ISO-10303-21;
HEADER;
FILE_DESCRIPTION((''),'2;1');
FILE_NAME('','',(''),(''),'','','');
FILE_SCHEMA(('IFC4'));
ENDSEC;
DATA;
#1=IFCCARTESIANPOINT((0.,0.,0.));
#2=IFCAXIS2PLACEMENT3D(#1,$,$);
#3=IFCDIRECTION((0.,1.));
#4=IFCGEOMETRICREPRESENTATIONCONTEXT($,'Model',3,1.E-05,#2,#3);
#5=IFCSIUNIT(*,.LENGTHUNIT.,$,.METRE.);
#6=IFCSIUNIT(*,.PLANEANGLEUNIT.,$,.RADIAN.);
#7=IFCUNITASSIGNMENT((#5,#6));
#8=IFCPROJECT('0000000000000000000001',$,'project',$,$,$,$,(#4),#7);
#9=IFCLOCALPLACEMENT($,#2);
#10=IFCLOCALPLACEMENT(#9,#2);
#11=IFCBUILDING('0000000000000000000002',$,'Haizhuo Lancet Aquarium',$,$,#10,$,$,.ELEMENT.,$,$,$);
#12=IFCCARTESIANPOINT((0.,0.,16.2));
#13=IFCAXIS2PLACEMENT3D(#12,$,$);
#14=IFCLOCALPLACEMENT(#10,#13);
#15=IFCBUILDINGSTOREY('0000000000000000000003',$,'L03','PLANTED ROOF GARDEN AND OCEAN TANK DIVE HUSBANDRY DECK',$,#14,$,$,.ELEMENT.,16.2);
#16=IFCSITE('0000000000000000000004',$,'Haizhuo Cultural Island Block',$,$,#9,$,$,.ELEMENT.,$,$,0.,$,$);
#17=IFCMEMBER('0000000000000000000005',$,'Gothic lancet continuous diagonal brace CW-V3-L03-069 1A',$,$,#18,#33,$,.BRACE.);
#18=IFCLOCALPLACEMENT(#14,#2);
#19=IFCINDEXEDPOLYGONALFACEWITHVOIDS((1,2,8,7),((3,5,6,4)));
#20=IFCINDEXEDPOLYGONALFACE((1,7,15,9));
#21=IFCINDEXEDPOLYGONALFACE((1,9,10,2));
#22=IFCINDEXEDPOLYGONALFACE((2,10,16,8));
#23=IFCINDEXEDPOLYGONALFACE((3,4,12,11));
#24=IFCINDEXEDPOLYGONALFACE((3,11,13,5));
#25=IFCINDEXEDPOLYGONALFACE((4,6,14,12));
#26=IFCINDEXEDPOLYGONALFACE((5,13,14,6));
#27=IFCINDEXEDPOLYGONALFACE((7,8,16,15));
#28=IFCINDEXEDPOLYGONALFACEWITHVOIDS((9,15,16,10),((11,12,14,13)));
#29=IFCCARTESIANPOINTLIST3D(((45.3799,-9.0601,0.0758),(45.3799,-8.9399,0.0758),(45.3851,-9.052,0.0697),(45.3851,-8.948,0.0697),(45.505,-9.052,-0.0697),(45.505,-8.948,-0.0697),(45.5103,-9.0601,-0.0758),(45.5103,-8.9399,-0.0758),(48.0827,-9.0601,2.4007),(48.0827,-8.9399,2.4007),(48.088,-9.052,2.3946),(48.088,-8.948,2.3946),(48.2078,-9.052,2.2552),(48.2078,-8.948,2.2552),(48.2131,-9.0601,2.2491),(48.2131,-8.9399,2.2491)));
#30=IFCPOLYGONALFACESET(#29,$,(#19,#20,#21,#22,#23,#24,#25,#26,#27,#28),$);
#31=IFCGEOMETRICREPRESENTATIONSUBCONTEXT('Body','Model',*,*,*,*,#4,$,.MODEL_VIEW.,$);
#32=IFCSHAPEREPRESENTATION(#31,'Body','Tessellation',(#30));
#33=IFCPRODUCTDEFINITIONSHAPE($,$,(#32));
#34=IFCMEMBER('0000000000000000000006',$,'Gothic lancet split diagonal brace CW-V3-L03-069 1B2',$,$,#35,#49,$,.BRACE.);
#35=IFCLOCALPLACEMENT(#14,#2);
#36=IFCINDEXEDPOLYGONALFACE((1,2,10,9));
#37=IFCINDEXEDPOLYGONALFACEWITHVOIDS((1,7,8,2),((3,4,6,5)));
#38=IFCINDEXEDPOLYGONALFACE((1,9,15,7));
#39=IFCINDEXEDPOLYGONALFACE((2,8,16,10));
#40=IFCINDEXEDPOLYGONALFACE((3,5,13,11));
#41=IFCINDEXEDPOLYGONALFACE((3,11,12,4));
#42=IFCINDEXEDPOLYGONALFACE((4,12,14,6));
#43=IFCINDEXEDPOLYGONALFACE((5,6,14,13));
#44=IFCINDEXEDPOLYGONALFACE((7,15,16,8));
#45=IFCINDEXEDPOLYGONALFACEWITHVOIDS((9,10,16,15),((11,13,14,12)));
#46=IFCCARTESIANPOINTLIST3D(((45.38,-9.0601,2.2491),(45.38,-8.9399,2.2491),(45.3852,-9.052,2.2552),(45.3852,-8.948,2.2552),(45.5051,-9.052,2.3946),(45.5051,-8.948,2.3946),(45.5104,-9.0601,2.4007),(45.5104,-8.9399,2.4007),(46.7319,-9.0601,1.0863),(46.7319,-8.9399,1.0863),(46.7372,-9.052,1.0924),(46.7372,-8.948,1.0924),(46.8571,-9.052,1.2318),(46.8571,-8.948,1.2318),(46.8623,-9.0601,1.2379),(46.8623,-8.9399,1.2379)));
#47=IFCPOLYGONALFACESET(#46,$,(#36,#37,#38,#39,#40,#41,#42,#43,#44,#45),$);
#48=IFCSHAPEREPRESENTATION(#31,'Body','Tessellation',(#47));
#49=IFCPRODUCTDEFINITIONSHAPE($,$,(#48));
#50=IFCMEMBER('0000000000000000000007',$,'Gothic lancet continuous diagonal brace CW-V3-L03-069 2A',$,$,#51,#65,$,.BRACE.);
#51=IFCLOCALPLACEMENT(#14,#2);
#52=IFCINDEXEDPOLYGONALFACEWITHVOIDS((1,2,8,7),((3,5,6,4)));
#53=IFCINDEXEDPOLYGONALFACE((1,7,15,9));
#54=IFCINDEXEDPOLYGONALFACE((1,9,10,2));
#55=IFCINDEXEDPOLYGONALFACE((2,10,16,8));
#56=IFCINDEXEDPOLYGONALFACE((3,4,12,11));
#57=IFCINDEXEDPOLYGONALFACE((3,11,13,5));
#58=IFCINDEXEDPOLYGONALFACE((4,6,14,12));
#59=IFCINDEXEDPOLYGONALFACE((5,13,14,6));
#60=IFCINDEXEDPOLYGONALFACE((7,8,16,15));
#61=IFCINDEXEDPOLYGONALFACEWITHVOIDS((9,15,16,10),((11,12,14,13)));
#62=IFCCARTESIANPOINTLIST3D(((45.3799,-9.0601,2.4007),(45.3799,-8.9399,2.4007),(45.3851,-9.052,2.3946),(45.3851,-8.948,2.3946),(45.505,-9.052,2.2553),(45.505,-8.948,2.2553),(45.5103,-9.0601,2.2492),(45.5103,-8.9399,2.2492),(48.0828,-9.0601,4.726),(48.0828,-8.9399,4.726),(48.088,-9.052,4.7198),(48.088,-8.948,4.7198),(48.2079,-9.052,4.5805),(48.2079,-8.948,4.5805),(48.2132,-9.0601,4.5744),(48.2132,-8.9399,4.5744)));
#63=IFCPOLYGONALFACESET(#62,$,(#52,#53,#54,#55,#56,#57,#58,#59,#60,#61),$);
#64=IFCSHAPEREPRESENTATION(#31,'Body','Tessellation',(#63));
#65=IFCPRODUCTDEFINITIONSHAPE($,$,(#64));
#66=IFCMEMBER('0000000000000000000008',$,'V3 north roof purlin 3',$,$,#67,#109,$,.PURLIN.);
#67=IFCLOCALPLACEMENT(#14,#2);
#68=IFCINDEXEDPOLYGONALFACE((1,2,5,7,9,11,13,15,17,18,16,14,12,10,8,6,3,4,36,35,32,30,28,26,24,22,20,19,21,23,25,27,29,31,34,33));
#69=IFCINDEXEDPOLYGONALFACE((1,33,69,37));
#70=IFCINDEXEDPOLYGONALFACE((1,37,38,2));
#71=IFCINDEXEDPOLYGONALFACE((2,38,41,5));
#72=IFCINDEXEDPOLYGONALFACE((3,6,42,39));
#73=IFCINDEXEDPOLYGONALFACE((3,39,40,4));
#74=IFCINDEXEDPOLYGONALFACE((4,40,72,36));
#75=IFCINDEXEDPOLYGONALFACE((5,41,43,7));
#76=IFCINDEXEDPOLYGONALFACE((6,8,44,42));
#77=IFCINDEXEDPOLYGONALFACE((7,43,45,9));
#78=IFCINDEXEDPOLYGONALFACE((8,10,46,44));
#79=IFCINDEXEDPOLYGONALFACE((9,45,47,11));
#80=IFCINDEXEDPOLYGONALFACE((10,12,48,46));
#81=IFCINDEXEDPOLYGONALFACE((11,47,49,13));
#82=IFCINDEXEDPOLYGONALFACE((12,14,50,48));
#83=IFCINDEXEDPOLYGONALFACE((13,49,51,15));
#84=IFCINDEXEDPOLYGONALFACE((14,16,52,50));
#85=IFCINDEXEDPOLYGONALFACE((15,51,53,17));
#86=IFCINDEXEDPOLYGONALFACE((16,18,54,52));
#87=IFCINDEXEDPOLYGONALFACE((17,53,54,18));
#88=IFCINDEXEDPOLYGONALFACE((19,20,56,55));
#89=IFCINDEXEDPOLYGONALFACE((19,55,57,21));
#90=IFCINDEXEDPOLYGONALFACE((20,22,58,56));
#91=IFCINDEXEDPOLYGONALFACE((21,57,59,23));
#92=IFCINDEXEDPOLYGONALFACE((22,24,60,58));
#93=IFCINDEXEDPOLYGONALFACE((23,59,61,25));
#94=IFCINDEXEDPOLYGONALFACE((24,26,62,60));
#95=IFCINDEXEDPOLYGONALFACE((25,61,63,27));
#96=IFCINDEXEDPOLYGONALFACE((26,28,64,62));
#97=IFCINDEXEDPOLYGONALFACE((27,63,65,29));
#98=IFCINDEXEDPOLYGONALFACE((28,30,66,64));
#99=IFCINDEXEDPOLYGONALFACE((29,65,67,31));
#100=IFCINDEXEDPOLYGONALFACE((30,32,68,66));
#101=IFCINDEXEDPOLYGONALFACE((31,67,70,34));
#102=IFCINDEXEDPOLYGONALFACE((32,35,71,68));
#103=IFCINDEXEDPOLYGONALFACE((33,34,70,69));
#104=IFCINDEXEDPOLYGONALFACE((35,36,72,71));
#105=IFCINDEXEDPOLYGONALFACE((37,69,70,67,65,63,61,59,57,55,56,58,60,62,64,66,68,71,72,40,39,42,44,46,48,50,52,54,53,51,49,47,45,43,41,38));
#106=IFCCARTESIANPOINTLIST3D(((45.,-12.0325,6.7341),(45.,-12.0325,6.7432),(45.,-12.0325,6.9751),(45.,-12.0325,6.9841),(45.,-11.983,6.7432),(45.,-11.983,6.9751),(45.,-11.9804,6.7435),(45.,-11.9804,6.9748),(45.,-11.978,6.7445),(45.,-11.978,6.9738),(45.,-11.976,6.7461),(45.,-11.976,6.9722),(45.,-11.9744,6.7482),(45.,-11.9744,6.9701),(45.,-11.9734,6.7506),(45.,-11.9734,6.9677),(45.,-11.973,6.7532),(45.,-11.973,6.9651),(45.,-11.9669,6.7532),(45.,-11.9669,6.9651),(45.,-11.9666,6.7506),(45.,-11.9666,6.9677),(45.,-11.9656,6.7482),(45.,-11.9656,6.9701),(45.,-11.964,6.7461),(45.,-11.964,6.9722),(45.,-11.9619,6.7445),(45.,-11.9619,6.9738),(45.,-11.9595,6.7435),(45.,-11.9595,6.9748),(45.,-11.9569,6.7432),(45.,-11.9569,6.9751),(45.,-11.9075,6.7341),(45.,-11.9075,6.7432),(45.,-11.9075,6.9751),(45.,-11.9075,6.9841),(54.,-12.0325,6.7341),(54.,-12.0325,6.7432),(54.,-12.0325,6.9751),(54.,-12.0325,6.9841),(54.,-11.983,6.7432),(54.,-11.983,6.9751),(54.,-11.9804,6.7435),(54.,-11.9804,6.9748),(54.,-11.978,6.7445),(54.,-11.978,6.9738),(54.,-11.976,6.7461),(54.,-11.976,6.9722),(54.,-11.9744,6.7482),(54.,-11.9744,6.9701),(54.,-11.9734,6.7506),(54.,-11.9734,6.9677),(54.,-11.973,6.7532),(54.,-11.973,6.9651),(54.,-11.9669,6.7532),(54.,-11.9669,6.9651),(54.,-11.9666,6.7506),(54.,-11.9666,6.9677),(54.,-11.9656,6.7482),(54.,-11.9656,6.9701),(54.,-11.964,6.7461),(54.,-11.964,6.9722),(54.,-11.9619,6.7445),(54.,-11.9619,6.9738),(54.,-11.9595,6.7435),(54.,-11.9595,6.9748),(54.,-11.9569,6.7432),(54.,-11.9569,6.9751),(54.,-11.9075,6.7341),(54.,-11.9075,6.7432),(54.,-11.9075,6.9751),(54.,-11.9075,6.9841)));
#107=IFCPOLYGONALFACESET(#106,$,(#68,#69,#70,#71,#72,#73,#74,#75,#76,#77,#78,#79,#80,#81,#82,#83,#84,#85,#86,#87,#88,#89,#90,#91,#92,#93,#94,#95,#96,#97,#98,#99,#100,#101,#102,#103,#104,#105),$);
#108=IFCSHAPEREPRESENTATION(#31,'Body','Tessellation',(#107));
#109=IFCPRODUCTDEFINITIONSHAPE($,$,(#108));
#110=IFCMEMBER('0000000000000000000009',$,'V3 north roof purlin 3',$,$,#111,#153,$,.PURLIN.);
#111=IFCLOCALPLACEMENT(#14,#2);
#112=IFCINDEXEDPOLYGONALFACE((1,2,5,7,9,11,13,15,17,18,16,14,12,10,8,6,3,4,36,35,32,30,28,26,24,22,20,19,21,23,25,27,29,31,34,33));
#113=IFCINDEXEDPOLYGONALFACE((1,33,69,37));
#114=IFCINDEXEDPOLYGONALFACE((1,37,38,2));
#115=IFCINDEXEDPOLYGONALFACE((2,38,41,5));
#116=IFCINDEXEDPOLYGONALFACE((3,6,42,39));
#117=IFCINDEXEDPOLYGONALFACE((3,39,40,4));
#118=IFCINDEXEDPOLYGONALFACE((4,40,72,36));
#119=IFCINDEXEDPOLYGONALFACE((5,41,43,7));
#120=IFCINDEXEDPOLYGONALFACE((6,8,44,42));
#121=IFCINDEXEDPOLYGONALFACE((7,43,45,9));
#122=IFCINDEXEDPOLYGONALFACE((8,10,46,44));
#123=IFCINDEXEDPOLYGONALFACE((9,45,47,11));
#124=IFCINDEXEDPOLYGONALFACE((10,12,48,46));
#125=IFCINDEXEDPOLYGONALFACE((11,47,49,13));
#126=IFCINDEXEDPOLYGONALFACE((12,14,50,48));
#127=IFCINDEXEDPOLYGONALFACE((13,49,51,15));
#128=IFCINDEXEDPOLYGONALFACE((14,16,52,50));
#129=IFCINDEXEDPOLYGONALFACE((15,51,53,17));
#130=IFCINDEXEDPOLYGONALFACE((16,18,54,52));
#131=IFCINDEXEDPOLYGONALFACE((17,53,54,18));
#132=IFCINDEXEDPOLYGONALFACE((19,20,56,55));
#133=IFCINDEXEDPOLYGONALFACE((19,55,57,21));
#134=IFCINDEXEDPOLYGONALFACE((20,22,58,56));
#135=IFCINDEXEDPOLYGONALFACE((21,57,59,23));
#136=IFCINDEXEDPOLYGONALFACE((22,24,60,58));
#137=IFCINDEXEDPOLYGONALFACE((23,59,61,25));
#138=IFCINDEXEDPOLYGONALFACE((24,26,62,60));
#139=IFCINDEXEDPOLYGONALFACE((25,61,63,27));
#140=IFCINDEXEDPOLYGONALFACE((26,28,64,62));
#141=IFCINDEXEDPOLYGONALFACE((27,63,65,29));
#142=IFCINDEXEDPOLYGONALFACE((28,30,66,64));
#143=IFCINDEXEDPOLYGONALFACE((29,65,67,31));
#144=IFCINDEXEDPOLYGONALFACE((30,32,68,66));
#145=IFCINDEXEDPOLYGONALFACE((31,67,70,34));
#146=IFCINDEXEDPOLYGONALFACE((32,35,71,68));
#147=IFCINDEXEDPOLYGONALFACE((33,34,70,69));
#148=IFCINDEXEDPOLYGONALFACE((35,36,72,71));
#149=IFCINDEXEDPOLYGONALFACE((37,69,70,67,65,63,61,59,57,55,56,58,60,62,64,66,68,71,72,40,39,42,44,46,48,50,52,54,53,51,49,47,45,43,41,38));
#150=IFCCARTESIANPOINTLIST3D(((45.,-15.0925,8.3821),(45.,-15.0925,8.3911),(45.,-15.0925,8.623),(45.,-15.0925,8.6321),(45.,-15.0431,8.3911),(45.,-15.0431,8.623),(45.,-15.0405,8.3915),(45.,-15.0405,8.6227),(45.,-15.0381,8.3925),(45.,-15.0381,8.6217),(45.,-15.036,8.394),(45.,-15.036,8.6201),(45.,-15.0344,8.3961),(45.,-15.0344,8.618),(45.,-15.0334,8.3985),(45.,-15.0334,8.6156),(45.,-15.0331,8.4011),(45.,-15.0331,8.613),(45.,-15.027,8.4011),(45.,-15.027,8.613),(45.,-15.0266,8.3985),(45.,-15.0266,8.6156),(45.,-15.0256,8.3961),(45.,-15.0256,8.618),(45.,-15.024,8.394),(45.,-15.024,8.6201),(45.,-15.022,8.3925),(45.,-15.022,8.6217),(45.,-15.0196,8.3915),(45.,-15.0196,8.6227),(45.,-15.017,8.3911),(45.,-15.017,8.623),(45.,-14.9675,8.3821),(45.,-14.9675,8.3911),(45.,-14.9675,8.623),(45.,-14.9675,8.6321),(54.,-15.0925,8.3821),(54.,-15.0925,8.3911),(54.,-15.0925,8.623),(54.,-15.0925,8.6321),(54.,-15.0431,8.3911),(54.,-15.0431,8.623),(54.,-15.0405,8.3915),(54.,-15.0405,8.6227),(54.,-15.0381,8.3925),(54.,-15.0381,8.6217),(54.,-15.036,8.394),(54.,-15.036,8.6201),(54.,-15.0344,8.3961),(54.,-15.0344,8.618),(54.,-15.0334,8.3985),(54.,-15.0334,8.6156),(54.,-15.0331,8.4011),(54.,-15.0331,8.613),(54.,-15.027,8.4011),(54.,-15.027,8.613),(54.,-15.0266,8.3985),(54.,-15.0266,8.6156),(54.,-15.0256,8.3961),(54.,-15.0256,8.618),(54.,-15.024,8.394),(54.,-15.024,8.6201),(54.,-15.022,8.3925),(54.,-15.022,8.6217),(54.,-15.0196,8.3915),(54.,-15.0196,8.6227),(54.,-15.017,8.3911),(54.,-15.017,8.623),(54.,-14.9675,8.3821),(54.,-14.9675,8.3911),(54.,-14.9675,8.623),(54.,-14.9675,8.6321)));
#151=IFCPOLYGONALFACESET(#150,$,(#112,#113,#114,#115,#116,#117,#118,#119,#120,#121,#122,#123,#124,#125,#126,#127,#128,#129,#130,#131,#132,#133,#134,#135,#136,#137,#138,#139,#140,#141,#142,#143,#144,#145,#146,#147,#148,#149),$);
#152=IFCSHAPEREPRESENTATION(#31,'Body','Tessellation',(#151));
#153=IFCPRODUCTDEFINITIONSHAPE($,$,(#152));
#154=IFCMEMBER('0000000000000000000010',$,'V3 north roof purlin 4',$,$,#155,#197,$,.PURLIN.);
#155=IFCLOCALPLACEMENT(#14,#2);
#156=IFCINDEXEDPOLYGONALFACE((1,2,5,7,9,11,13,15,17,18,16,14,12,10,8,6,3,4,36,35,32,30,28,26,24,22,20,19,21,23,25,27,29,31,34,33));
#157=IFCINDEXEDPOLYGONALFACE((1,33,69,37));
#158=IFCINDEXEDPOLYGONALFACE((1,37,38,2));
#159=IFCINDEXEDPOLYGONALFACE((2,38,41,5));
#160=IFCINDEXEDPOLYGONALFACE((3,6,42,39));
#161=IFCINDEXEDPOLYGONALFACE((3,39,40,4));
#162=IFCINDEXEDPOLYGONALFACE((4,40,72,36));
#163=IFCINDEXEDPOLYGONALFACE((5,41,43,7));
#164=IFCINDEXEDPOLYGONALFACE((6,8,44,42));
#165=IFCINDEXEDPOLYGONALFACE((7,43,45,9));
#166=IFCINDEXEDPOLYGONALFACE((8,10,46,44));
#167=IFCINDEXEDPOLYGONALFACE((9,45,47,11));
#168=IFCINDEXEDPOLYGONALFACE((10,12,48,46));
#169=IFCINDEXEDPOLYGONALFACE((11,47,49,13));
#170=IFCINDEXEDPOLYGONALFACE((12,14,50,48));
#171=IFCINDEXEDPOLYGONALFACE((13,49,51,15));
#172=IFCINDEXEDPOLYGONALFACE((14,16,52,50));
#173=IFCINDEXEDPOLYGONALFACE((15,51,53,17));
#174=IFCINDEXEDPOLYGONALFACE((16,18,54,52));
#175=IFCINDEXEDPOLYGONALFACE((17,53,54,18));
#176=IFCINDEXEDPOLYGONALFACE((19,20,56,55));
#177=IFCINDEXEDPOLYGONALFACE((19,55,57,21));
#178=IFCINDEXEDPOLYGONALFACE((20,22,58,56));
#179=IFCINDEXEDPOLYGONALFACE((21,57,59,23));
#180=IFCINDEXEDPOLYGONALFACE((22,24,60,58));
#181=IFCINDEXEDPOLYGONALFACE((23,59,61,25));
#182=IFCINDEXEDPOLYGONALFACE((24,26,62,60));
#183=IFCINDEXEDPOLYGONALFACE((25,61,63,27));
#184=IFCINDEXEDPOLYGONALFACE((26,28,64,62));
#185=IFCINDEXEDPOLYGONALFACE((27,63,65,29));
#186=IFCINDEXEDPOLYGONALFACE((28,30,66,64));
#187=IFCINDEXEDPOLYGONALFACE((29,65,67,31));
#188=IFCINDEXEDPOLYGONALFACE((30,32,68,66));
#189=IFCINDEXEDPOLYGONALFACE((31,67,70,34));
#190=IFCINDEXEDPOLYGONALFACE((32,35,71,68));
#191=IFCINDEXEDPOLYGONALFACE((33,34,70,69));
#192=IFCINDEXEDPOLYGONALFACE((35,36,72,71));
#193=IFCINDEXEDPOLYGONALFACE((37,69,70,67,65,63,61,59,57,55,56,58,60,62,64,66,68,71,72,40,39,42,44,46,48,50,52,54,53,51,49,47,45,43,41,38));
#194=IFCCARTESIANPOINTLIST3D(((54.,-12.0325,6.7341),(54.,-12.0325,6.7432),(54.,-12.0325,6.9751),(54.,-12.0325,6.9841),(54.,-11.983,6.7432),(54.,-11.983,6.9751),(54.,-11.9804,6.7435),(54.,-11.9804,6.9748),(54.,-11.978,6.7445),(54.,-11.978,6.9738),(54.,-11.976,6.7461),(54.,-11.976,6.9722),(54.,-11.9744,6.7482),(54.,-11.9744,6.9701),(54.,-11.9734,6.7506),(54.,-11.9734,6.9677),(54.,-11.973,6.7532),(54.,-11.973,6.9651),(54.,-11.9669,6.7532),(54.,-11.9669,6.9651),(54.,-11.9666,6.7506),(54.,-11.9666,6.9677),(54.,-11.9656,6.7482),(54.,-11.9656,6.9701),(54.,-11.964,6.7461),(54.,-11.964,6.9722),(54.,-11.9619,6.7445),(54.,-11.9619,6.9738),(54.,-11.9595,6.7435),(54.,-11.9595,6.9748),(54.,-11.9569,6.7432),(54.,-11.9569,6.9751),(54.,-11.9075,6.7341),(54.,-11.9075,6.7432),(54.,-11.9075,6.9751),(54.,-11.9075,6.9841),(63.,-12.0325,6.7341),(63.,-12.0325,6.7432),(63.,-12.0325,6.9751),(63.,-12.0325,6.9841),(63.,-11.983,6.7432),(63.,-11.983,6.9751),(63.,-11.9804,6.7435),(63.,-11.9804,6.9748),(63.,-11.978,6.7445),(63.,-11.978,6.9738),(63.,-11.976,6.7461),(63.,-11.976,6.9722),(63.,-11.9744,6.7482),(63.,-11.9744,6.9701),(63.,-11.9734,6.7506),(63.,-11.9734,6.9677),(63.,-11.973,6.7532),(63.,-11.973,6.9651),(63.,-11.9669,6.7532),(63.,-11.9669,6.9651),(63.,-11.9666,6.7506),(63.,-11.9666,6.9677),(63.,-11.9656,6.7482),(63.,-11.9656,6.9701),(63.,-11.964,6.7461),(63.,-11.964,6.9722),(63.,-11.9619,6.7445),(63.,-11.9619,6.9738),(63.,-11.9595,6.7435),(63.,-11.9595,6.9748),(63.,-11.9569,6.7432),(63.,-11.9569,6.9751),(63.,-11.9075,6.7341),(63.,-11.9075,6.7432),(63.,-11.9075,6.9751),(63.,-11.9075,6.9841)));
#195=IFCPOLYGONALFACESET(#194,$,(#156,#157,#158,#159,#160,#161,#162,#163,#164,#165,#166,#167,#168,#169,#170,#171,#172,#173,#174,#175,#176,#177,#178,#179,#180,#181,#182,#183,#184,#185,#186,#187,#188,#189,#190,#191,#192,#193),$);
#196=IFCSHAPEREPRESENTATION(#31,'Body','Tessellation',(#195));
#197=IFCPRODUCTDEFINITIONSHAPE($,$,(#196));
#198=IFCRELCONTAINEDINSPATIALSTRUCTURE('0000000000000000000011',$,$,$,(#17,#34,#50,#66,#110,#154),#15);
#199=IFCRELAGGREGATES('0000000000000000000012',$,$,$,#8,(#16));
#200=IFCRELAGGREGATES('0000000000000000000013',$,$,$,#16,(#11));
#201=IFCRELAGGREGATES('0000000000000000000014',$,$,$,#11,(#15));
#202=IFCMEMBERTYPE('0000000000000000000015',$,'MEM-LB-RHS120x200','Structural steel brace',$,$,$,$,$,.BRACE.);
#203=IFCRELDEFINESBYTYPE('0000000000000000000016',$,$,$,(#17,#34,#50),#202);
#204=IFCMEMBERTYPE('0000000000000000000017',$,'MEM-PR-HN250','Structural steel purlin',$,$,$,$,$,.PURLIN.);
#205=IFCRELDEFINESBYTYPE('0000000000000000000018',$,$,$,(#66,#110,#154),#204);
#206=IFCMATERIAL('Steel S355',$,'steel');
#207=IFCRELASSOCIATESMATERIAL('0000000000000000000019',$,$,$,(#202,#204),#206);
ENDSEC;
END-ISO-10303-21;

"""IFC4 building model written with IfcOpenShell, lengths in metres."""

from ifc_helpers import new_model, si_unit, direction, frame, origin, origin_2d, place, context, subcontext, project, spatial, hollow_rectangle, i_section, extrude, material, material_profile, profile_set, type_object, element, save


model = new_model("IFC4")

# Units and contexts
model_context = context("Model", 3, precision=1e-05, world=origin(), true_north=direction((0.0, 1.0)))
body_context = subcontext(model_context, "Body", "Model", "MODEL_VIEW")
ifc_project = project(units=[si_unit("LENGTHUNIT", "METRE"), si_unit("PLANEANGLEUNIT", "RADIAN")], contexts=[model_context])

# Site, building, storey
site_placement = place(None, origin())
site = spatial("IfcSite", under=ifc_project, at=site_placement, Name="Haizhuo Cultural Island Block", CompositionType="ELEMENT", RefElevation=0.0)
building_placement = place(site_placement, origin())
building = spatial("IfcBuilding", under=site, at=building_placement, Name="Haizhuo Lancet Aquarium", CompositionType="ELEMENT")
storey_placement = place(building_placement, frame((0.0, 0.0, 16.2)))
storey = spatial("IfcBuildingStorey", under=building, at=storey_placement, Name="L03", Description="PLANTED ROOF GARDEN AND OCEAN TANK DIVE HUSBANDRY DECK", CompositionType="ELEMENT", Elevation=16.2)

# Members
ifc_material_1 = material(Name="Steel S355", Category="steel")
ifc_material_profile_1 = material_profile(ifc_material_1, hollow_rectangle(XDim=0.1201, YDim=0.2, WallThickness=0.0081, at=origin_2d()), Name="RHS 120x200x8")
ifc_profile_set_1 = profile_set([ifc_material_profile_1], Name="Steel S355")
member_type_1 = type_object("IfcMemberType", Name="MEM-LB-RHS120x200", Description="Structural steel brace", PredefinedType="BRACE", material=ifc_profile_set_1)
member_1_placement = place(storey_placement, frame((45.4451, -9.0, 0.0), z_axis=(0.75812, 0.0, 0.652116), x_axis=(0.0, 1.0, 0.0)))
element("IfcMember", 1, at=member_1_placement, inside=storey, type_object=member_type_1, Name="Gothic lancet continuous diagonal brace CW-V3-L03-069 1A", PredefinedType="BRACE", context=body_context, shape_type="SweptSolid", body=[
    extrude(hollow_rectangle(XDim=0.1201, YDim=0.2, WallThickness=0.0081, at=origin_2d()), origin(), (0.0, 0.0, 1.0), 3.5652),
])
member_2_placement = place(storey_placement, frame((46.7971, -9.0, 1.1621), z_axis=(-0.758164, 0.0, 0.652064), x_axis=(0.0, -1.0, 0.0)))
element("IfcMember", 2, at=member_2_placement, inside=storey, type_object=member_type_1, Name="Gothic lancet split diagonal brace CW-V3-L03-069 1B2", PredefinedType="BRACE", context=body_context, shape_type="SweptSolid", body=[
    extrude(hollow_rectangle(XDim=0.1201, YDim=0.2, WallThickness=0.0081, at=origin_2d()), origin(), (0.0, 0.0, 1.0), 1.7832),
])
member_3_placement = place(storey_placement, frame((45.4451, -9.0, 2.325), z_axis=(0.758086, 0.0, 0.652155), x_axis=(0.0, 1.0, 0.0)))
element("IfcMember", 3, at=member_3_placement, inside=storey, type_object=member_type_1, Name="Gothic lancet continuous diagonal brace CW-V3-L03-069 2A", PredefinedType="BRACE", context=body_context, shape_type="SweptSolid", body=[
    extrude(hollow_rectangle(XDim=0.1201, YDim=0.2, WallThickness=0.0081, at=origin_2d()), origin(), (0.0, 0.0, 1.0), 3.5654),
])
ifc_material_profile_2 = material_profile(ifc_material_1, i_section(OverallWidth=0.125, OverallDepth=0.25, WebThickness=0.0061, FlangeThickness=0.009, FilletRadius=0.01, at=origin_2d()), Name="HN 250x125x6x9")
ifc_profile_set_2 = profile_set([ifc_material_profile_2], Name="Steel S355")
member_type_2 = type_object("IfcMemberType", Name="MEM-PR-HN250", Description="Structural steel purlin", PredefinedType="PURLIN", material=ifc_profile_set_2)
for number, where, z_axis, x_axis, name in (
    (4, (45.0, -11.97, 6.8591), (1.0, 0.0, 0.0), (0.0, 1.0, 0.0), "V3 north roof purlin 3"),
    (5, (45.0, -15.03, 8.5071), (1.0, 0.0, 0.0), (0.0, 1.0, 0.0), "V3 north roof purlin 3"),
    (6, (54.0, -11.97, 6.8591), (1.0, 0.0, 0.0), (0.0, 1.0, 0.0), "V3 north roof purlin 4"),
):
    element("IfcMember", number, at=place(storey_placement, frame(where, z_axis=z_axis, x_axis=x_axis)), inside=storey, type_object=member_type_2, Name=name, PredefinedType="PURLIN", context=body_context, shape_type="SweptSolid", body=[
        extrude(i_section(OverallWidth=0.125, OverallDepth=0.25, WebThickness=0.0061, FlangeThickness=0.009, FilletRadius=0.01, at=origin_2d()), origin(), (0.0, 0.0, 1.0), 9.0),
    ])

save(model, "model.ifc")
